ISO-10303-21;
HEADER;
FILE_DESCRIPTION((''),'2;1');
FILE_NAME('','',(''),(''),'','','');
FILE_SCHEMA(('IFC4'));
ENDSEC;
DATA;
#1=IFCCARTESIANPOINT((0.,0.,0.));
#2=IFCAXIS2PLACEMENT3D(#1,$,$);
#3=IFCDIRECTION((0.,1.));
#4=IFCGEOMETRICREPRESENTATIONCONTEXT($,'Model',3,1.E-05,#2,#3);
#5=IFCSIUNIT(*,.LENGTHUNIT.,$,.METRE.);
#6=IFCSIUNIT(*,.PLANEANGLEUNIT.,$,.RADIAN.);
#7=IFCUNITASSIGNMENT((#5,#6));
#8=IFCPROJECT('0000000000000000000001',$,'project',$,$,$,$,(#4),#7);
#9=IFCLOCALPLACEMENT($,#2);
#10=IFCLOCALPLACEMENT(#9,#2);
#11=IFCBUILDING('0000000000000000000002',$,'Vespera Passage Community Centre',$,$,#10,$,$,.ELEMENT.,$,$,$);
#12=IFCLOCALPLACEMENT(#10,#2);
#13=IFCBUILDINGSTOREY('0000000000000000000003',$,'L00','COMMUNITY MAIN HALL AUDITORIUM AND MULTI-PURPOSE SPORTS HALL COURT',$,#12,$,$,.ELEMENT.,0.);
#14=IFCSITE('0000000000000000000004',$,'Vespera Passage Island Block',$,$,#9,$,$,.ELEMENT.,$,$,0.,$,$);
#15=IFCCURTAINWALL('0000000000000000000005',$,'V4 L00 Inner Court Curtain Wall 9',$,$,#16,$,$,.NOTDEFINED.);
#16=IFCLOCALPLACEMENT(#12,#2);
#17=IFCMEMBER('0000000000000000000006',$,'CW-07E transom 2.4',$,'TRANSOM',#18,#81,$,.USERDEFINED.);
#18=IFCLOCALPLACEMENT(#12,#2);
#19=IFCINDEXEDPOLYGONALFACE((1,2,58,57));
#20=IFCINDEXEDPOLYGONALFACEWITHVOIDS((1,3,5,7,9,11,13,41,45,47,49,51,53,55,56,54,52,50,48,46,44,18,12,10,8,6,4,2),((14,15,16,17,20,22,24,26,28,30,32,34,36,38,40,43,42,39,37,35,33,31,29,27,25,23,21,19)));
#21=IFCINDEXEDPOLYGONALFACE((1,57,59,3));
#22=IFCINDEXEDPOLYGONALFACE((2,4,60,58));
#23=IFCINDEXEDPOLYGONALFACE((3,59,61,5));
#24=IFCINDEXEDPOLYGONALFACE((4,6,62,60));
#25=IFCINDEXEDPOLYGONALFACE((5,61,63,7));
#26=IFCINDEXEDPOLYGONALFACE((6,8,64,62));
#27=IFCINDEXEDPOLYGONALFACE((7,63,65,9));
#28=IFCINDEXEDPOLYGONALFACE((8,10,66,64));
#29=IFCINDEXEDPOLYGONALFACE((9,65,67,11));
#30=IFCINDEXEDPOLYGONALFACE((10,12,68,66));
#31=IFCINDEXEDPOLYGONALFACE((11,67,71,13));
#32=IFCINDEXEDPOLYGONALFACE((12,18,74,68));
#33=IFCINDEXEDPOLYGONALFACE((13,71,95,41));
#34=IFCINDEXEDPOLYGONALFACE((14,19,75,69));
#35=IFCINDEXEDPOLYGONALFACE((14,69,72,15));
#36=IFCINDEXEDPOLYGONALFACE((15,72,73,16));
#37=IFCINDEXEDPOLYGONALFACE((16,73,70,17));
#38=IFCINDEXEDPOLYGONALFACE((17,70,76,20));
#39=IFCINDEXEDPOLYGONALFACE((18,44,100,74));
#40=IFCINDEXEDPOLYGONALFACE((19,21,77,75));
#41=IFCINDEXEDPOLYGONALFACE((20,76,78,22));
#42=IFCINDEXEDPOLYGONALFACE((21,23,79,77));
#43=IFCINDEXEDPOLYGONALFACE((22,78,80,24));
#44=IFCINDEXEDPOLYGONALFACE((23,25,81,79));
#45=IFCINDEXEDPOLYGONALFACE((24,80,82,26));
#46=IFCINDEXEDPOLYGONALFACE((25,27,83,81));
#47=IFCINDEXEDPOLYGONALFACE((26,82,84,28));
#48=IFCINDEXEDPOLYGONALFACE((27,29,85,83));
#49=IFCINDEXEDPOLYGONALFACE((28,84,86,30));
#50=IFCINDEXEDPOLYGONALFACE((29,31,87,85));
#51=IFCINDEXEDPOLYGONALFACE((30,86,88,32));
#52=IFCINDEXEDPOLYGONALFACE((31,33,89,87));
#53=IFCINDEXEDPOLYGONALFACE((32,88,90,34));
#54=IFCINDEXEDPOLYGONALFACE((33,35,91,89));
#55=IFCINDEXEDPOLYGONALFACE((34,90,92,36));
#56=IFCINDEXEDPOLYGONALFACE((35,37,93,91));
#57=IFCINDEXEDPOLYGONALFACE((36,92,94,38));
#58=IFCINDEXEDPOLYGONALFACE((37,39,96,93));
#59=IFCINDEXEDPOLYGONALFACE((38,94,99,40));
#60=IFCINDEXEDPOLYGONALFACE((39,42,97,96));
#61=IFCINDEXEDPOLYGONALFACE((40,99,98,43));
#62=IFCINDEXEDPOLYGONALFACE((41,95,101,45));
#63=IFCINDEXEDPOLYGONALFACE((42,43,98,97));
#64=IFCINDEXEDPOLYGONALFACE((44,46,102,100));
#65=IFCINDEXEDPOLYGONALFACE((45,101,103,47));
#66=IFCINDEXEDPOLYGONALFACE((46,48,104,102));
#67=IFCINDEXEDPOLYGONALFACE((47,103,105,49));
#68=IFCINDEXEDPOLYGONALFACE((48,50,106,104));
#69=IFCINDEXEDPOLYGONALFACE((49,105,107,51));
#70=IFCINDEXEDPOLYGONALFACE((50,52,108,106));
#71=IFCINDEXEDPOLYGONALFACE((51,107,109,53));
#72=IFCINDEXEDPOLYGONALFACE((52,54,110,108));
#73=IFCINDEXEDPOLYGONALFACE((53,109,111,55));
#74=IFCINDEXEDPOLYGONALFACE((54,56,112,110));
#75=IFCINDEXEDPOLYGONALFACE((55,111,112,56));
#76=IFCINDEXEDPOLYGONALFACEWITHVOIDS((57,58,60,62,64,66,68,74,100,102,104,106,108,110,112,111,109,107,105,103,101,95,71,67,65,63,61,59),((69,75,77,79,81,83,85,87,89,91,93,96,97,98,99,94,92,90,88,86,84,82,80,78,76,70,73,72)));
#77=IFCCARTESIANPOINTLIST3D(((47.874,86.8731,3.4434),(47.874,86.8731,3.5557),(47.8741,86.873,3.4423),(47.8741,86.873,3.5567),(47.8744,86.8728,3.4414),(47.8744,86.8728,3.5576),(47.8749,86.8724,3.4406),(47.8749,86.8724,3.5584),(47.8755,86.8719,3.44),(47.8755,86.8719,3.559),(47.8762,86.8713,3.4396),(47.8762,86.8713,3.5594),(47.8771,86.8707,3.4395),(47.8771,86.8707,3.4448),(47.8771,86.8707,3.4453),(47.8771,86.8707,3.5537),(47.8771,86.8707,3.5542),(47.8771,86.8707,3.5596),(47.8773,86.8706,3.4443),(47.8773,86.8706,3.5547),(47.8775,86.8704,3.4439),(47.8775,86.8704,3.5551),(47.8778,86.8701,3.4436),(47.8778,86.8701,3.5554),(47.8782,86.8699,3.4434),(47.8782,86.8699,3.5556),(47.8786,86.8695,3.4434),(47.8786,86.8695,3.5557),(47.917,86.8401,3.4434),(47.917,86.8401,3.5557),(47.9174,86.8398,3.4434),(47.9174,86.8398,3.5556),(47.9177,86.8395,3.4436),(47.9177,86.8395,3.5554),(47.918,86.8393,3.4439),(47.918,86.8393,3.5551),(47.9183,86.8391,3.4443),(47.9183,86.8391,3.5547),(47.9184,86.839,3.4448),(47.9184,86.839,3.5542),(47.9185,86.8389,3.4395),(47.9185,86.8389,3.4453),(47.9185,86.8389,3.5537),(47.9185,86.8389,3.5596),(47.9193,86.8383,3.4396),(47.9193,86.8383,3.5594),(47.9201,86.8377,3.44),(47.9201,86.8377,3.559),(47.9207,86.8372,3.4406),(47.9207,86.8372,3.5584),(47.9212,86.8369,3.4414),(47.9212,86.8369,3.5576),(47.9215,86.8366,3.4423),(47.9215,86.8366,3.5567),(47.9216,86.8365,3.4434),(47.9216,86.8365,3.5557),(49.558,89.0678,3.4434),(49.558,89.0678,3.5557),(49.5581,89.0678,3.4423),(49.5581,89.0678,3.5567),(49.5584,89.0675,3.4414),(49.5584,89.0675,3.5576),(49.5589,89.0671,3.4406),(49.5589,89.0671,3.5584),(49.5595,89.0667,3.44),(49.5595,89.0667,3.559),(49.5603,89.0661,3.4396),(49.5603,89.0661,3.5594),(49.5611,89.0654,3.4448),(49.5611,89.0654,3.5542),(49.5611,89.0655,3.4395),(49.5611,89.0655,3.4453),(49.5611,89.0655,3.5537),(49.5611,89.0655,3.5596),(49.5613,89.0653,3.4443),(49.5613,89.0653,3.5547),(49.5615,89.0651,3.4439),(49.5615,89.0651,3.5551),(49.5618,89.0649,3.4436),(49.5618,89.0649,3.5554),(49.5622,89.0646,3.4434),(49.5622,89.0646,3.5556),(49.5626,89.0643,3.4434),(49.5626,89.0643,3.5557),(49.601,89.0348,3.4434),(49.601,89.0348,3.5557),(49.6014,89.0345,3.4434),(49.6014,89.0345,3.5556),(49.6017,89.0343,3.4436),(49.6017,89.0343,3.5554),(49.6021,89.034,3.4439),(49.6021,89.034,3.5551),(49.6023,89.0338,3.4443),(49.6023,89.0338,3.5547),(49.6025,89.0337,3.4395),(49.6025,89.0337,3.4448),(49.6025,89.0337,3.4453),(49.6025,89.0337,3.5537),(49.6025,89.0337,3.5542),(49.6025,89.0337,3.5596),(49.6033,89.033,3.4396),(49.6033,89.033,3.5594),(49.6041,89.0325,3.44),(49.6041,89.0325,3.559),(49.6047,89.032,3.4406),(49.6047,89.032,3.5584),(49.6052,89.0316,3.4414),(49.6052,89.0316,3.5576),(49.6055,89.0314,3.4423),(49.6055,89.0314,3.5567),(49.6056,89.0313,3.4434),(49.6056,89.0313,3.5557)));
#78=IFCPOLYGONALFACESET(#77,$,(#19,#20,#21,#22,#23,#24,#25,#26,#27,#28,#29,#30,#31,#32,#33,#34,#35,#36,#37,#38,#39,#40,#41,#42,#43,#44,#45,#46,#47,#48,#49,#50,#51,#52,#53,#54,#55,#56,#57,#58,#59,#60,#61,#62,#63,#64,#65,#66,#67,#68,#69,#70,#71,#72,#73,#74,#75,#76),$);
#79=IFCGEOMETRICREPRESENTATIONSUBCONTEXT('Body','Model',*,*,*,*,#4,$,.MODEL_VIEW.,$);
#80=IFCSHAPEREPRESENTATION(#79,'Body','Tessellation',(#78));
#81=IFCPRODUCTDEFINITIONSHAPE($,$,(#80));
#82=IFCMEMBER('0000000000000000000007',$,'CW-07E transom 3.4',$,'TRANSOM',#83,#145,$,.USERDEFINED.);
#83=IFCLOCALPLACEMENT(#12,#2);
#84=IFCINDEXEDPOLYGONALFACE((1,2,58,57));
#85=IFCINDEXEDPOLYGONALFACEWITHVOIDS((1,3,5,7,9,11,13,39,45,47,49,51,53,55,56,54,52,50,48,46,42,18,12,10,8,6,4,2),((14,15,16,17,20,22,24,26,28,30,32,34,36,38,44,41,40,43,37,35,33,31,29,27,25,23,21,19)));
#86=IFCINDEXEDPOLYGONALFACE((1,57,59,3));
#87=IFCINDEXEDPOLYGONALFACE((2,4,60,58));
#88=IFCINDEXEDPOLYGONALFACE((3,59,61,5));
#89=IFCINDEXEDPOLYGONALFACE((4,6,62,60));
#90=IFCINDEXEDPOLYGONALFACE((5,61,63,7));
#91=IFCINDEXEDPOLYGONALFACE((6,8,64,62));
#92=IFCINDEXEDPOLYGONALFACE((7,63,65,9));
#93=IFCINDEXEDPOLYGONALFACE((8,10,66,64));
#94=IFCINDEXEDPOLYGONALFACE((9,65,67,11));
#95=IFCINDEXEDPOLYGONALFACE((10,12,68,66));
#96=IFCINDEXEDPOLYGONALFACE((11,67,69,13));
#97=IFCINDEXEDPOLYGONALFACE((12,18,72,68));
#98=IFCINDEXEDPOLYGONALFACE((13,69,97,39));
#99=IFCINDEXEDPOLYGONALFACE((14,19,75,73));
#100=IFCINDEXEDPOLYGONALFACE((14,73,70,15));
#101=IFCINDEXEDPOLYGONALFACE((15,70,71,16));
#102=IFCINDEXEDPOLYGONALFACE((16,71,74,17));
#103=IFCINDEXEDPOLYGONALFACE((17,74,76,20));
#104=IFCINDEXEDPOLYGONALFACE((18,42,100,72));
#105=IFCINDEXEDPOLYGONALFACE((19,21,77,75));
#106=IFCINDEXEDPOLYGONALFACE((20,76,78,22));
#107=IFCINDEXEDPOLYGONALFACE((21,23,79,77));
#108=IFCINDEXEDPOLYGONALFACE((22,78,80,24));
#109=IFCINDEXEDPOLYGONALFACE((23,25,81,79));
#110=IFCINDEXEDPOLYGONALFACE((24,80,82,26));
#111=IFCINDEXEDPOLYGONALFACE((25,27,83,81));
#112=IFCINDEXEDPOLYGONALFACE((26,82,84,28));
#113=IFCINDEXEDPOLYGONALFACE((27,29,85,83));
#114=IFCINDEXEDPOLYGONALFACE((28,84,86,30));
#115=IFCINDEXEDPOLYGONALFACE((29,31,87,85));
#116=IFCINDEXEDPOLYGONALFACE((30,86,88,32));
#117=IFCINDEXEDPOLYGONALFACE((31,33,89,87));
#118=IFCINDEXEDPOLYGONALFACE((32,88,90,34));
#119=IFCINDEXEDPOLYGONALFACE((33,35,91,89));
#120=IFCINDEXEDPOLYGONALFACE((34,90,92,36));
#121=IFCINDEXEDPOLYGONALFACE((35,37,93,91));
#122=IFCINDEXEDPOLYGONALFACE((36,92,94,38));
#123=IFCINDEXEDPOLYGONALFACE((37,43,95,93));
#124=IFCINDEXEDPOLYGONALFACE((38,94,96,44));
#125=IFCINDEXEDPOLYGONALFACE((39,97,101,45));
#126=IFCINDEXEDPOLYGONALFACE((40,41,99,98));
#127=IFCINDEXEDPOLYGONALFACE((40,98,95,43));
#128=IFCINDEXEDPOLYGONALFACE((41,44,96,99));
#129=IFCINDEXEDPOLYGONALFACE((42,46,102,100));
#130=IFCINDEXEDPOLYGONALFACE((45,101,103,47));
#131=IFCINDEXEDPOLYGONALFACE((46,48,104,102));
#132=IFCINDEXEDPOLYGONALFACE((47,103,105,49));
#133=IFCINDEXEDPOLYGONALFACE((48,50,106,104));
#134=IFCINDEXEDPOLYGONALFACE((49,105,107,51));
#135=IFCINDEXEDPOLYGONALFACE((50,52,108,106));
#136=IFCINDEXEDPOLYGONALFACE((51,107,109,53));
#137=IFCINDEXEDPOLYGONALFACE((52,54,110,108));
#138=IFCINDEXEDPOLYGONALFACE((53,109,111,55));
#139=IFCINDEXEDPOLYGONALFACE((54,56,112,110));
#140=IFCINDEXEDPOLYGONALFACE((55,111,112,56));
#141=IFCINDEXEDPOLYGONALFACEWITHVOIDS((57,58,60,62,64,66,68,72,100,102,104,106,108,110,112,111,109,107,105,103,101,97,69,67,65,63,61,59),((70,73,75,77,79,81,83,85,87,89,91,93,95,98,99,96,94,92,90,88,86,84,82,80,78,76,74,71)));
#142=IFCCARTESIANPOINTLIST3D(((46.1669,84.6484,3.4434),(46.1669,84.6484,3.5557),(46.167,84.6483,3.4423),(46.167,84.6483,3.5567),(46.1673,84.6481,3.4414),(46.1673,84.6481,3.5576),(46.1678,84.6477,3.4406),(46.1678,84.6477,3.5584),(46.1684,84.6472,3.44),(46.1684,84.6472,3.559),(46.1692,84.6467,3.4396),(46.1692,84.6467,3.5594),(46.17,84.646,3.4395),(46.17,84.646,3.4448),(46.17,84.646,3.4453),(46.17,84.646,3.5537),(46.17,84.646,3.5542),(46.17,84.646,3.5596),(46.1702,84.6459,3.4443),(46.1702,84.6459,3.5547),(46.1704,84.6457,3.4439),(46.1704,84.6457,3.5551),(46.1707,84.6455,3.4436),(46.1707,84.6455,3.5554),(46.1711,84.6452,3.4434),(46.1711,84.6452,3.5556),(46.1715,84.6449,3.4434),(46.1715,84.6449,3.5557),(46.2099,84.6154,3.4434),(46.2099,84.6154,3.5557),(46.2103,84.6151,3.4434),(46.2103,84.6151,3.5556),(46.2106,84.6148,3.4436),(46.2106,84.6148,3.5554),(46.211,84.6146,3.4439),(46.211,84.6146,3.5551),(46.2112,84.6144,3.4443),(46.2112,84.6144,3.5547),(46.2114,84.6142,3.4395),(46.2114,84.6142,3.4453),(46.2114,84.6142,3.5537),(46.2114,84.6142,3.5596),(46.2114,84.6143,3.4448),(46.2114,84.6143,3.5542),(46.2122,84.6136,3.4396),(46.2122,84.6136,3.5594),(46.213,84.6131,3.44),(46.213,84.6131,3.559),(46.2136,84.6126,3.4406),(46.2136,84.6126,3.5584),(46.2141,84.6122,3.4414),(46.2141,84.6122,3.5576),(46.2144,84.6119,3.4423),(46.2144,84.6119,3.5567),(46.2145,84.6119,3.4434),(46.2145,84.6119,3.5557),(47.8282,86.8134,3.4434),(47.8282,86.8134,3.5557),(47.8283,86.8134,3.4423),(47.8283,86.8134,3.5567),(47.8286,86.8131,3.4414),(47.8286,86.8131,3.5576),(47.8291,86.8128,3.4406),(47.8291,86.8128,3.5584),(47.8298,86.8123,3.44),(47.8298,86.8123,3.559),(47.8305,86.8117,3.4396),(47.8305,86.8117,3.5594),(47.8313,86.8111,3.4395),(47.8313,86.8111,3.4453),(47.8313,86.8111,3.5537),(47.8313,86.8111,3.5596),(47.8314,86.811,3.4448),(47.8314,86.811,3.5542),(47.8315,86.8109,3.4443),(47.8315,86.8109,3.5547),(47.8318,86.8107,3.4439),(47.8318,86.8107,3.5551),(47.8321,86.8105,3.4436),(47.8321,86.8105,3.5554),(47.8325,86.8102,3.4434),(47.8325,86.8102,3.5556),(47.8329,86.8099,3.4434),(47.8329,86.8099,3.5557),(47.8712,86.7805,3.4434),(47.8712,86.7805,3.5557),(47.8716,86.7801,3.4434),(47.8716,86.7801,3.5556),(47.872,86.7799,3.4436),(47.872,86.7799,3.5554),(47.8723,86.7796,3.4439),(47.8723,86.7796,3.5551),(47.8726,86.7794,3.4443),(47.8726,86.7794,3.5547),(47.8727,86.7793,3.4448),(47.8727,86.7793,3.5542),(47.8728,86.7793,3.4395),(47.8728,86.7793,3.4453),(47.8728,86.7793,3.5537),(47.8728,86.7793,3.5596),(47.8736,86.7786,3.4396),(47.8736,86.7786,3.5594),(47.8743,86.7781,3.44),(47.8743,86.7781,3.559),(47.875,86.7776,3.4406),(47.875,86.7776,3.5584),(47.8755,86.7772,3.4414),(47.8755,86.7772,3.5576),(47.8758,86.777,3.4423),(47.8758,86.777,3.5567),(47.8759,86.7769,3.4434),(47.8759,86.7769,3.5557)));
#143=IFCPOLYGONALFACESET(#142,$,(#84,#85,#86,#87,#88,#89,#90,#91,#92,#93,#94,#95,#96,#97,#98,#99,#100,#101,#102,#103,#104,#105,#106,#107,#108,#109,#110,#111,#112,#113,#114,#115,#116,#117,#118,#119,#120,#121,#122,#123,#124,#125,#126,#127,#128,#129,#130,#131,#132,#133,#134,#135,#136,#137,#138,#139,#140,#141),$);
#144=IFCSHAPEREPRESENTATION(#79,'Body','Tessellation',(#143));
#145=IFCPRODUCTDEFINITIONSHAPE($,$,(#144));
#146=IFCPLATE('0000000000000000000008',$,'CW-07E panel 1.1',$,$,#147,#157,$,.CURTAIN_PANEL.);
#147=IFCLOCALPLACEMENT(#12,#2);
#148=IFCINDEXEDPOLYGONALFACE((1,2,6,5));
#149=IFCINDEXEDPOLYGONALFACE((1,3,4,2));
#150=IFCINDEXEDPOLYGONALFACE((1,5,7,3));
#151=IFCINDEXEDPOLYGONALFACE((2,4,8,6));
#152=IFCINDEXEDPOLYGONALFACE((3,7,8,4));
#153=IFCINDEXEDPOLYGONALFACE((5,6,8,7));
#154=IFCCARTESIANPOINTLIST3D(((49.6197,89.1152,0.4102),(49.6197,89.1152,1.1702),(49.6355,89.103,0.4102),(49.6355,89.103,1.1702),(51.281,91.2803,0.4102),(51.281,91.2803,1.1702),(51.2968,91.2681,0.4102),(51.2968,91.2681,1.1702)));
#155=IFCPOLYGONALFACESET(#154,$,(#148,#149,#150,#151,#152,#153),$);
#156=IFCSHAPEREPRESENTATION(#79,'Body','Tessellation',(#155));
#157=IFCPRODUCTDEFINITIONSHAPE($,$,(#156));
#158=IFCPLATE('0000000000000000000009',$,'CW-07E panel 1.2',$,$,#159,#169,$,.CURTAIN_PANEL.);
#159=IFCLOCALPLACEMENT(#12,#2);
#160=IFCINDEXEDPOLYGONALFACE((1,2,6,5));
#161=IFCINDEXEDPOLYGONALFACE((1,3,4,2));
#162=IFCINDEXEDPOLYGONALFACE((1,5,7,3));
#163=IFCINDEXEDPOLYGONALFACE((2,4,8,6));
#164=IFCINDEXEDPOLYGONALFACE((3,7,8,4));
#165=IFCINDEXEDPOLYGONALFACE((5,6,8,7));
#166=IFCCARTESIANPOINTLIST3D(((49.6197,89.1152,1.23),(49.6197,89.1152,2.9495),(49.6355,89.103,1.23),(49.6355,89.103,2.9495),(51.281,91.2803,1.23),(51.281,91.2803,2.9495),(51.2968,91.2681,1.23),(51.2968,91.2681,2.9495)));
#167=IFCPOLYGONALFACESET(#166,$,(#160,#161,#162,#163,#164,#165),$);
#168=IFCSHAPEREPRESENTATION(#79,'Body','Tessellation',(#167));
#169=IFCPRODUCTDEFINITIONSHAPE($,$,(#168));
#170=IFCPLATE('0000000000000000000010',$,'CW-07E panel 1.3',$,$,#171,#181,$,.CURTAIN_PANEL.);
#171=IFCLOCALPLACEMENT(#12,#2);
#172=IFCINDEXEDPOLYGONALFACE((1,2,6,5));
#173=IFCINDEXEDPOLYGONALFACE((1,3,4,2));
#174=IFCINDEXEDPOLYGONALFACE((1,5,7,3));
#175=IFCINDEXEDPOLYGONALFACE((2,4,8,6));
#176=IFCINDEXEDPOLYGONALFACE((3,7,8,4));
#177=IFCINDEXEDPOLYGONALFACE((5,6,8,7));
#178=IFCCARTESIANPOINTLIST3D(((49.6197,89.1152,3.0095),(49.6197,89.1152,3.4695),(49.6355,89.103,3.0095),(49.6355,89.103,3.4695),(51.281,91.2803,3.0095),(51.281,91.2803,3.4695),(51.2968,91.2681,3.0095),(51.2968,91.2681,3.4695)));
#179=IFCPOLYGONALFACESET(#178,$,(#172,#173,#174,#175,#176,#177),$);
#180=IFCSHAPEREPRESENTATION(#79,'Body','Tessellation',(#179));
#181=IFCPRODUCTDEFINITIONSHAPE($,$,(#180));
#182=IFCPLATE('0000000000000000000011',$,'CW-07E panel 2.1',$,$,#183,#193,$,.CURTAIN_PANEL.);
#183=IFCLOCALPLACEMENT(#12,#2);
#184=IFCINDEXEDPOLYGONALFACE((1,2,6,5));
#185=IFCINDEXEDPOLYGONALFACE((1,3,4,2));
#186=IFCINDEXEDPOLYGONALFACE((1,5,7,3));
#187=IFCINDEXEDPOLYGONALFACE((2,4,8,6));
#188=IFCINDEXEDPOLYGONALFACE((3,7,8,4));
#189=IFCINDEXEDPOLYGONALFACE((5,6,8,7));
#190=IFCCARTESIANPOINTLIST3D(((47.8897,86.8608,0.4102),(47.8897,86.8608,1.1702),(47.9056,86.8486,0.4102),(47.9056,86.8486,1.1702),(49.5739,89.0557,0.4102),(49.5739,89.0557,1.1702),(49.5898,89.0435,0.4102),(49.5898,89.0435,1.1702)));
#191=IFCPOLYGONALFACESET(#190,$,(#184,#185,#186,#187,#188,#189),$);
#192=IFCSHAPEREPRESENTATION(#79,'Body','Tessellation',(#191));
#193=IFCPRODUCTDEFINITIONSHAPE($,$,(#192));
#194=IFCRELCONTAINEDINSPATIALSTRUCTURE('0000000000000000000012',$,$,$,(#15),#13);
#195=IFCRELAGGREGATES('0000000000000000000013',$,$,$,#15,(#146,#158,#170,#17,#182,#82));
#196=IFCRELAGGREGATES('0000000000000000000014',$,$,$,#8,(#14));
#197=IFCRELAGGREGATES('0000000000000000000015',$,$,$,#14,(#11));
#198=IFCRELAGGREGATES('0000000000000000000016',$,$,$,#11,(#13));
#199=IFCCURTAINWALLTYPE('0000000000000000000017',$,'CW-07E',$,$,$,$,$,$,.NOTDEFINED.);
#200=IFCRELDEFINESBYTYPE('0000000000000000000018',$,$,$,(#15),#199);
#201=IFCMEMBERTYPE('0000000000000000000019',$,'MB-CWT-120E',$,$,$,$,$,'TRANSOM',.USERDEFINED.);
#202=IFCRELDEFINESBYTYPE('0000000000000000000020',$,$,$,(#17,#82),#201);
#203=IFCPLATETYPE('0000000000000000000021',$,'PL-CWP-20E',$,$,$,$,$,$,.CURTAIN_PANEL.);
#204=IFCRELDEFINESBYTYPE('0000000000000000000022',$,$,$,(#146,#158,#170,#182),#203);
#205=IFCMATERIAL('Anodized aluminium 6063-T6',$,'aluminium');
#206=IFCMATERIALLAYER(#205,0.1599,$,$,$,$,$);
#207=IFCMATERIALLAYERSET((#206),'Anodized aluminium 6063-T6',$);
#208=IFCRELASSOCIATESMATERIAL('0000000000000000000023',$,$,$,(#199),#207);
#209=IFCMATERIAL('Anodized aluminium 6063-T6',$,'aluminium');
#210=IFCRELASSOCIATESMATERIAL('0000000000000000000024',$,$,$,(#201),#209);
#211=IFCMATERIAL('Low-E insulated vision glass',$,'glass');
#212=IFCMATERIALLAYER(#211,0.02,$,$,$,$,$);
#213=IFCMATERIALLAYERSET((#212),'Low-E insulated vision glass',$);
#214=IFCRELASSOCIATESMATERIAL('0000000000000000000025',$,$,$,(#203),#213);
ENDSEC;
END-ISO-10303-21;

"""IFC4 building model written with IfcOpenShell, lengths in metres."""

from ifc_helpers import new_model, si_unit, direction, frame, origin, origin_2d, place, context, subcontext, project, spatial, rectangle, hollow_rectangle, extrude, material, layer, layer_set, material_profile, profile_set, type_object, element, aggregate, save


model = new_model("IFC4")

# Units and contexts
model_context = context("Model", 3, precision=1e-05, world=origin(), true_north=direction((0.0, 1.0)))
body_context = subcontext(model_context, "Body", "Model", "MODEL_VIEW")
ifc_project = project(units=[si_unit("LENGTHUNIT", "METRE"), si_unit("PLANEANGLEUNIT", "RADIAN")], contexts=[model_context])

# Site, building, storey
site_placement = place(None, origin())
site = spatial("IfcSite", under=ifc_project, at=site_placement, Name="Vespera Passage Island Block", CompositionType="ELEMENT", RefElevation=0.0)
building_placement = place(site_placement, origin())
building = spatial("IfcBuilding", under=site, at=building_placement, Name="Vespera Passage Community Centre", CompositionType="ELEMENT")
storey_placement = place(building_placement, origin())
storey = spatial("IfcBuildingStorey", under=building, at=storey_placement, Name="L00", Description="COMMUNITY MAIN HALL AUDITORIUM AND MULTI-PURPOSE SPORTS HALL COURT", CompositionType="ELEMENT", Elevation=0.0)

# Curtain wall, members, plates
ifc_material_1 = material(Name="Anodized aluminium 6063-T6", Category="aluminium")
ifc_layer_1 = layer(ifc_material_1, 0.1599)
ifc_layer_set_1 = layer_set([ifc_layer_1], Name="Anodized aluminium 6063-T6")
curtain_wall_type_1 = type_object("IfcCurtainWallType", Name="CW-07E", PredefinedType="NOTDEFINED", material=ifc_layer_set_1)
curtain_wall_1_placement = place(storey_placement, origin())
curtain_wall_1 = element("IfcCurtainWall", 1, at=curtain_wall_1_placement, inside=storey, type_object=curtain_wall_type_1, Name="V4 L00 Inner Court Curtain Wall 9", PredefinedType="NOTDEFINED")
ifc_material_2 = material(Name="Anodized aluminium 6063-T6", Category="aluminium")
ifc_material_profile_1 = material_profile(ifc_material_2, hollow_rectangle(XDim=0.0601, YDim=0.1201, WallThickness=0.0039, InnerFilletRadius=0.002, OuterFilletRadius=0.0039, at=origin_2d()), Name="ALU120X60X4")
ifc_profile_set_1 = profile_set([ifc_material_profile_1], Name="Anodized aluminium 6063-T6")
member_type_1 = type_object("IfcMemberType", Name="MB-CWT-120E", ElementType="TRANSOM", PredefinedType="USERDEFINED", material=ifc_profile_set_1)
member_1_placement = place(storey_placement, frame((49.5818, 89.0496, 3.4995), z_axis=(-0.608746, -0.793365, 0.0), x_axis=(0.793365, -0.608746, 0.0)))
member_1 = element("IfcMember", 2, at=member_1_placement, type_object=member_type_1, Name="CW-07E transom 2.4", ObjectType="TRANSOM", PredefinedType="USERDEFINED", context=body_context, shape_type="SweptSolid", body=[
    extrude(hollow_rectangle(XDim=0.0601, YDim=0.1201, WallThickness=0.0039, InnerFilletRadius=0.002, OuterFilletRadius=0.0039, at=origin_2d()), origin(), (0.0, 0.0, 1.0), 2.7664),
])
member_2_placement = place(storey_placement, frame((47.8521, 86.7952, 3.4995), z_axis=(-0.608781, -0.793338, 0.0), x_axis=(0.793338, -0.608781, 0.0)))
member_2 = element("IfcMember", 3, at=member_2_placement, type_object=member_type_1, Name="CW-07E transom 3.4", ObjectType="TRANSOM", PredefinedType="USERDEFINED", context=body_context, shape_type="SweptSolid", body=[
    extrude(hollow_rectangle(XDim=0.0601, YDim=0.1201, WallThickness=0.0039, InnerFilletRadius=0.002, OuterFilletRadius=0.0039, at=origin_2d()), origin(), (0.0, 0.0, 1.0), 2.729),
])
ifc_material_3 = material(Name="Low-E insulated vision glass", Category="glass")
ifc_layer_2 = layer(ifc_material_3, 0.02)
ifc_layer_set_2 = layer_set([ifc_layer_2], Name="Low-E insulated vision glass")
plate_type_1 = type_object("IfcPlateType", Name="PL-CWP-20E", PredefinedType="CURTAIN_PANEL", material=ifc_layer_set_2)
plate_1_placement = place(storey_placement, frame((50.4583, 90.1917, 0.4102), z_axis=(0.0, 0.0, 1.0), x_axis=(-0.608755, -0.793358, 0.0)))
plate_1 = element("IfcPlate", 4, at=plate_1_placement, type_object=plate_type_1, Name="CW-07E panel 1.1", PredefinedType="CURTAIN_PANEL", context=body_context, shape_type="SweptSolid", body=[
    extrude(rectangle(XDim=2.729, YDim=0.02, at=origin_2d()), origin(), (0.0, 0.0, 1.0), 0.76),
])
plate_2_placement = place(storey_placement, frame((50.4583, 90.1917, 1.23), z_axis=(0.0, 0.0, 1.0), x_axis=(-0.608755, -0.793358, 0.0)))
plate_2 = element("IfcPlate", 5, at=plate_2_placement, type_object=plate_type_1, Name="CW-07E panel 1.2", PredefinedType="CURTAIN_PANEL", context=body_context, shape_type="SweptSolid", body=[
    extrude(rectangle(XDim=2.729, YDim=0.02, at=origin_2d()), origin(), (0.0, 0.0, 1.0), 1.7195),
])
plate_3_placement = place(storey_placement, frame((50.4583, 90.1917, 3.0095), z_axis=(0.0, 0.0, 1.0), x_axis=(-0.608755, -0.793358, 0.0)))
plate_3 = element("IfcPlate", 6, at=plate_3_placement, type_object=plate_type_1, Name="CW-07E panel 1.3", PredefinedType="CURTAIN_PANEL", context=body_context, shape_type="SweptSolid", body=[
    extrude(rectangle(XDim=2.729, YDim=0.02, at=origin_2d()), origin(), (0.0, 0.0, 1.0), 0.46),
])
plate_4_placement = place(storey_placement, frame((48.7397, 87.9521, 0.4102), z_axis=(0.0, 0.0, 1.0), x_axis=(-0.608755, -0.793358, 0.0)))
plate_4 = element("IfcPlate", 7, at=plate_4_placement, type_object=plate_type_1, Name="CW-07E panel 2.1", PredefinedType="CURTAIN_PANEL", context=body_context, shape_type="SweptSolid", body=[
    extrude(rectangle(XDim=2.7666, YDim=0.02, at=origin_2d()), origin(), (0.0, 0.0, 1.0), 0.76),
])
aggregate(curtain_wall_1, [plate_1, plate_2, plate_3, member_1, plate_4, member_2])

save(model, "model.ifc")
